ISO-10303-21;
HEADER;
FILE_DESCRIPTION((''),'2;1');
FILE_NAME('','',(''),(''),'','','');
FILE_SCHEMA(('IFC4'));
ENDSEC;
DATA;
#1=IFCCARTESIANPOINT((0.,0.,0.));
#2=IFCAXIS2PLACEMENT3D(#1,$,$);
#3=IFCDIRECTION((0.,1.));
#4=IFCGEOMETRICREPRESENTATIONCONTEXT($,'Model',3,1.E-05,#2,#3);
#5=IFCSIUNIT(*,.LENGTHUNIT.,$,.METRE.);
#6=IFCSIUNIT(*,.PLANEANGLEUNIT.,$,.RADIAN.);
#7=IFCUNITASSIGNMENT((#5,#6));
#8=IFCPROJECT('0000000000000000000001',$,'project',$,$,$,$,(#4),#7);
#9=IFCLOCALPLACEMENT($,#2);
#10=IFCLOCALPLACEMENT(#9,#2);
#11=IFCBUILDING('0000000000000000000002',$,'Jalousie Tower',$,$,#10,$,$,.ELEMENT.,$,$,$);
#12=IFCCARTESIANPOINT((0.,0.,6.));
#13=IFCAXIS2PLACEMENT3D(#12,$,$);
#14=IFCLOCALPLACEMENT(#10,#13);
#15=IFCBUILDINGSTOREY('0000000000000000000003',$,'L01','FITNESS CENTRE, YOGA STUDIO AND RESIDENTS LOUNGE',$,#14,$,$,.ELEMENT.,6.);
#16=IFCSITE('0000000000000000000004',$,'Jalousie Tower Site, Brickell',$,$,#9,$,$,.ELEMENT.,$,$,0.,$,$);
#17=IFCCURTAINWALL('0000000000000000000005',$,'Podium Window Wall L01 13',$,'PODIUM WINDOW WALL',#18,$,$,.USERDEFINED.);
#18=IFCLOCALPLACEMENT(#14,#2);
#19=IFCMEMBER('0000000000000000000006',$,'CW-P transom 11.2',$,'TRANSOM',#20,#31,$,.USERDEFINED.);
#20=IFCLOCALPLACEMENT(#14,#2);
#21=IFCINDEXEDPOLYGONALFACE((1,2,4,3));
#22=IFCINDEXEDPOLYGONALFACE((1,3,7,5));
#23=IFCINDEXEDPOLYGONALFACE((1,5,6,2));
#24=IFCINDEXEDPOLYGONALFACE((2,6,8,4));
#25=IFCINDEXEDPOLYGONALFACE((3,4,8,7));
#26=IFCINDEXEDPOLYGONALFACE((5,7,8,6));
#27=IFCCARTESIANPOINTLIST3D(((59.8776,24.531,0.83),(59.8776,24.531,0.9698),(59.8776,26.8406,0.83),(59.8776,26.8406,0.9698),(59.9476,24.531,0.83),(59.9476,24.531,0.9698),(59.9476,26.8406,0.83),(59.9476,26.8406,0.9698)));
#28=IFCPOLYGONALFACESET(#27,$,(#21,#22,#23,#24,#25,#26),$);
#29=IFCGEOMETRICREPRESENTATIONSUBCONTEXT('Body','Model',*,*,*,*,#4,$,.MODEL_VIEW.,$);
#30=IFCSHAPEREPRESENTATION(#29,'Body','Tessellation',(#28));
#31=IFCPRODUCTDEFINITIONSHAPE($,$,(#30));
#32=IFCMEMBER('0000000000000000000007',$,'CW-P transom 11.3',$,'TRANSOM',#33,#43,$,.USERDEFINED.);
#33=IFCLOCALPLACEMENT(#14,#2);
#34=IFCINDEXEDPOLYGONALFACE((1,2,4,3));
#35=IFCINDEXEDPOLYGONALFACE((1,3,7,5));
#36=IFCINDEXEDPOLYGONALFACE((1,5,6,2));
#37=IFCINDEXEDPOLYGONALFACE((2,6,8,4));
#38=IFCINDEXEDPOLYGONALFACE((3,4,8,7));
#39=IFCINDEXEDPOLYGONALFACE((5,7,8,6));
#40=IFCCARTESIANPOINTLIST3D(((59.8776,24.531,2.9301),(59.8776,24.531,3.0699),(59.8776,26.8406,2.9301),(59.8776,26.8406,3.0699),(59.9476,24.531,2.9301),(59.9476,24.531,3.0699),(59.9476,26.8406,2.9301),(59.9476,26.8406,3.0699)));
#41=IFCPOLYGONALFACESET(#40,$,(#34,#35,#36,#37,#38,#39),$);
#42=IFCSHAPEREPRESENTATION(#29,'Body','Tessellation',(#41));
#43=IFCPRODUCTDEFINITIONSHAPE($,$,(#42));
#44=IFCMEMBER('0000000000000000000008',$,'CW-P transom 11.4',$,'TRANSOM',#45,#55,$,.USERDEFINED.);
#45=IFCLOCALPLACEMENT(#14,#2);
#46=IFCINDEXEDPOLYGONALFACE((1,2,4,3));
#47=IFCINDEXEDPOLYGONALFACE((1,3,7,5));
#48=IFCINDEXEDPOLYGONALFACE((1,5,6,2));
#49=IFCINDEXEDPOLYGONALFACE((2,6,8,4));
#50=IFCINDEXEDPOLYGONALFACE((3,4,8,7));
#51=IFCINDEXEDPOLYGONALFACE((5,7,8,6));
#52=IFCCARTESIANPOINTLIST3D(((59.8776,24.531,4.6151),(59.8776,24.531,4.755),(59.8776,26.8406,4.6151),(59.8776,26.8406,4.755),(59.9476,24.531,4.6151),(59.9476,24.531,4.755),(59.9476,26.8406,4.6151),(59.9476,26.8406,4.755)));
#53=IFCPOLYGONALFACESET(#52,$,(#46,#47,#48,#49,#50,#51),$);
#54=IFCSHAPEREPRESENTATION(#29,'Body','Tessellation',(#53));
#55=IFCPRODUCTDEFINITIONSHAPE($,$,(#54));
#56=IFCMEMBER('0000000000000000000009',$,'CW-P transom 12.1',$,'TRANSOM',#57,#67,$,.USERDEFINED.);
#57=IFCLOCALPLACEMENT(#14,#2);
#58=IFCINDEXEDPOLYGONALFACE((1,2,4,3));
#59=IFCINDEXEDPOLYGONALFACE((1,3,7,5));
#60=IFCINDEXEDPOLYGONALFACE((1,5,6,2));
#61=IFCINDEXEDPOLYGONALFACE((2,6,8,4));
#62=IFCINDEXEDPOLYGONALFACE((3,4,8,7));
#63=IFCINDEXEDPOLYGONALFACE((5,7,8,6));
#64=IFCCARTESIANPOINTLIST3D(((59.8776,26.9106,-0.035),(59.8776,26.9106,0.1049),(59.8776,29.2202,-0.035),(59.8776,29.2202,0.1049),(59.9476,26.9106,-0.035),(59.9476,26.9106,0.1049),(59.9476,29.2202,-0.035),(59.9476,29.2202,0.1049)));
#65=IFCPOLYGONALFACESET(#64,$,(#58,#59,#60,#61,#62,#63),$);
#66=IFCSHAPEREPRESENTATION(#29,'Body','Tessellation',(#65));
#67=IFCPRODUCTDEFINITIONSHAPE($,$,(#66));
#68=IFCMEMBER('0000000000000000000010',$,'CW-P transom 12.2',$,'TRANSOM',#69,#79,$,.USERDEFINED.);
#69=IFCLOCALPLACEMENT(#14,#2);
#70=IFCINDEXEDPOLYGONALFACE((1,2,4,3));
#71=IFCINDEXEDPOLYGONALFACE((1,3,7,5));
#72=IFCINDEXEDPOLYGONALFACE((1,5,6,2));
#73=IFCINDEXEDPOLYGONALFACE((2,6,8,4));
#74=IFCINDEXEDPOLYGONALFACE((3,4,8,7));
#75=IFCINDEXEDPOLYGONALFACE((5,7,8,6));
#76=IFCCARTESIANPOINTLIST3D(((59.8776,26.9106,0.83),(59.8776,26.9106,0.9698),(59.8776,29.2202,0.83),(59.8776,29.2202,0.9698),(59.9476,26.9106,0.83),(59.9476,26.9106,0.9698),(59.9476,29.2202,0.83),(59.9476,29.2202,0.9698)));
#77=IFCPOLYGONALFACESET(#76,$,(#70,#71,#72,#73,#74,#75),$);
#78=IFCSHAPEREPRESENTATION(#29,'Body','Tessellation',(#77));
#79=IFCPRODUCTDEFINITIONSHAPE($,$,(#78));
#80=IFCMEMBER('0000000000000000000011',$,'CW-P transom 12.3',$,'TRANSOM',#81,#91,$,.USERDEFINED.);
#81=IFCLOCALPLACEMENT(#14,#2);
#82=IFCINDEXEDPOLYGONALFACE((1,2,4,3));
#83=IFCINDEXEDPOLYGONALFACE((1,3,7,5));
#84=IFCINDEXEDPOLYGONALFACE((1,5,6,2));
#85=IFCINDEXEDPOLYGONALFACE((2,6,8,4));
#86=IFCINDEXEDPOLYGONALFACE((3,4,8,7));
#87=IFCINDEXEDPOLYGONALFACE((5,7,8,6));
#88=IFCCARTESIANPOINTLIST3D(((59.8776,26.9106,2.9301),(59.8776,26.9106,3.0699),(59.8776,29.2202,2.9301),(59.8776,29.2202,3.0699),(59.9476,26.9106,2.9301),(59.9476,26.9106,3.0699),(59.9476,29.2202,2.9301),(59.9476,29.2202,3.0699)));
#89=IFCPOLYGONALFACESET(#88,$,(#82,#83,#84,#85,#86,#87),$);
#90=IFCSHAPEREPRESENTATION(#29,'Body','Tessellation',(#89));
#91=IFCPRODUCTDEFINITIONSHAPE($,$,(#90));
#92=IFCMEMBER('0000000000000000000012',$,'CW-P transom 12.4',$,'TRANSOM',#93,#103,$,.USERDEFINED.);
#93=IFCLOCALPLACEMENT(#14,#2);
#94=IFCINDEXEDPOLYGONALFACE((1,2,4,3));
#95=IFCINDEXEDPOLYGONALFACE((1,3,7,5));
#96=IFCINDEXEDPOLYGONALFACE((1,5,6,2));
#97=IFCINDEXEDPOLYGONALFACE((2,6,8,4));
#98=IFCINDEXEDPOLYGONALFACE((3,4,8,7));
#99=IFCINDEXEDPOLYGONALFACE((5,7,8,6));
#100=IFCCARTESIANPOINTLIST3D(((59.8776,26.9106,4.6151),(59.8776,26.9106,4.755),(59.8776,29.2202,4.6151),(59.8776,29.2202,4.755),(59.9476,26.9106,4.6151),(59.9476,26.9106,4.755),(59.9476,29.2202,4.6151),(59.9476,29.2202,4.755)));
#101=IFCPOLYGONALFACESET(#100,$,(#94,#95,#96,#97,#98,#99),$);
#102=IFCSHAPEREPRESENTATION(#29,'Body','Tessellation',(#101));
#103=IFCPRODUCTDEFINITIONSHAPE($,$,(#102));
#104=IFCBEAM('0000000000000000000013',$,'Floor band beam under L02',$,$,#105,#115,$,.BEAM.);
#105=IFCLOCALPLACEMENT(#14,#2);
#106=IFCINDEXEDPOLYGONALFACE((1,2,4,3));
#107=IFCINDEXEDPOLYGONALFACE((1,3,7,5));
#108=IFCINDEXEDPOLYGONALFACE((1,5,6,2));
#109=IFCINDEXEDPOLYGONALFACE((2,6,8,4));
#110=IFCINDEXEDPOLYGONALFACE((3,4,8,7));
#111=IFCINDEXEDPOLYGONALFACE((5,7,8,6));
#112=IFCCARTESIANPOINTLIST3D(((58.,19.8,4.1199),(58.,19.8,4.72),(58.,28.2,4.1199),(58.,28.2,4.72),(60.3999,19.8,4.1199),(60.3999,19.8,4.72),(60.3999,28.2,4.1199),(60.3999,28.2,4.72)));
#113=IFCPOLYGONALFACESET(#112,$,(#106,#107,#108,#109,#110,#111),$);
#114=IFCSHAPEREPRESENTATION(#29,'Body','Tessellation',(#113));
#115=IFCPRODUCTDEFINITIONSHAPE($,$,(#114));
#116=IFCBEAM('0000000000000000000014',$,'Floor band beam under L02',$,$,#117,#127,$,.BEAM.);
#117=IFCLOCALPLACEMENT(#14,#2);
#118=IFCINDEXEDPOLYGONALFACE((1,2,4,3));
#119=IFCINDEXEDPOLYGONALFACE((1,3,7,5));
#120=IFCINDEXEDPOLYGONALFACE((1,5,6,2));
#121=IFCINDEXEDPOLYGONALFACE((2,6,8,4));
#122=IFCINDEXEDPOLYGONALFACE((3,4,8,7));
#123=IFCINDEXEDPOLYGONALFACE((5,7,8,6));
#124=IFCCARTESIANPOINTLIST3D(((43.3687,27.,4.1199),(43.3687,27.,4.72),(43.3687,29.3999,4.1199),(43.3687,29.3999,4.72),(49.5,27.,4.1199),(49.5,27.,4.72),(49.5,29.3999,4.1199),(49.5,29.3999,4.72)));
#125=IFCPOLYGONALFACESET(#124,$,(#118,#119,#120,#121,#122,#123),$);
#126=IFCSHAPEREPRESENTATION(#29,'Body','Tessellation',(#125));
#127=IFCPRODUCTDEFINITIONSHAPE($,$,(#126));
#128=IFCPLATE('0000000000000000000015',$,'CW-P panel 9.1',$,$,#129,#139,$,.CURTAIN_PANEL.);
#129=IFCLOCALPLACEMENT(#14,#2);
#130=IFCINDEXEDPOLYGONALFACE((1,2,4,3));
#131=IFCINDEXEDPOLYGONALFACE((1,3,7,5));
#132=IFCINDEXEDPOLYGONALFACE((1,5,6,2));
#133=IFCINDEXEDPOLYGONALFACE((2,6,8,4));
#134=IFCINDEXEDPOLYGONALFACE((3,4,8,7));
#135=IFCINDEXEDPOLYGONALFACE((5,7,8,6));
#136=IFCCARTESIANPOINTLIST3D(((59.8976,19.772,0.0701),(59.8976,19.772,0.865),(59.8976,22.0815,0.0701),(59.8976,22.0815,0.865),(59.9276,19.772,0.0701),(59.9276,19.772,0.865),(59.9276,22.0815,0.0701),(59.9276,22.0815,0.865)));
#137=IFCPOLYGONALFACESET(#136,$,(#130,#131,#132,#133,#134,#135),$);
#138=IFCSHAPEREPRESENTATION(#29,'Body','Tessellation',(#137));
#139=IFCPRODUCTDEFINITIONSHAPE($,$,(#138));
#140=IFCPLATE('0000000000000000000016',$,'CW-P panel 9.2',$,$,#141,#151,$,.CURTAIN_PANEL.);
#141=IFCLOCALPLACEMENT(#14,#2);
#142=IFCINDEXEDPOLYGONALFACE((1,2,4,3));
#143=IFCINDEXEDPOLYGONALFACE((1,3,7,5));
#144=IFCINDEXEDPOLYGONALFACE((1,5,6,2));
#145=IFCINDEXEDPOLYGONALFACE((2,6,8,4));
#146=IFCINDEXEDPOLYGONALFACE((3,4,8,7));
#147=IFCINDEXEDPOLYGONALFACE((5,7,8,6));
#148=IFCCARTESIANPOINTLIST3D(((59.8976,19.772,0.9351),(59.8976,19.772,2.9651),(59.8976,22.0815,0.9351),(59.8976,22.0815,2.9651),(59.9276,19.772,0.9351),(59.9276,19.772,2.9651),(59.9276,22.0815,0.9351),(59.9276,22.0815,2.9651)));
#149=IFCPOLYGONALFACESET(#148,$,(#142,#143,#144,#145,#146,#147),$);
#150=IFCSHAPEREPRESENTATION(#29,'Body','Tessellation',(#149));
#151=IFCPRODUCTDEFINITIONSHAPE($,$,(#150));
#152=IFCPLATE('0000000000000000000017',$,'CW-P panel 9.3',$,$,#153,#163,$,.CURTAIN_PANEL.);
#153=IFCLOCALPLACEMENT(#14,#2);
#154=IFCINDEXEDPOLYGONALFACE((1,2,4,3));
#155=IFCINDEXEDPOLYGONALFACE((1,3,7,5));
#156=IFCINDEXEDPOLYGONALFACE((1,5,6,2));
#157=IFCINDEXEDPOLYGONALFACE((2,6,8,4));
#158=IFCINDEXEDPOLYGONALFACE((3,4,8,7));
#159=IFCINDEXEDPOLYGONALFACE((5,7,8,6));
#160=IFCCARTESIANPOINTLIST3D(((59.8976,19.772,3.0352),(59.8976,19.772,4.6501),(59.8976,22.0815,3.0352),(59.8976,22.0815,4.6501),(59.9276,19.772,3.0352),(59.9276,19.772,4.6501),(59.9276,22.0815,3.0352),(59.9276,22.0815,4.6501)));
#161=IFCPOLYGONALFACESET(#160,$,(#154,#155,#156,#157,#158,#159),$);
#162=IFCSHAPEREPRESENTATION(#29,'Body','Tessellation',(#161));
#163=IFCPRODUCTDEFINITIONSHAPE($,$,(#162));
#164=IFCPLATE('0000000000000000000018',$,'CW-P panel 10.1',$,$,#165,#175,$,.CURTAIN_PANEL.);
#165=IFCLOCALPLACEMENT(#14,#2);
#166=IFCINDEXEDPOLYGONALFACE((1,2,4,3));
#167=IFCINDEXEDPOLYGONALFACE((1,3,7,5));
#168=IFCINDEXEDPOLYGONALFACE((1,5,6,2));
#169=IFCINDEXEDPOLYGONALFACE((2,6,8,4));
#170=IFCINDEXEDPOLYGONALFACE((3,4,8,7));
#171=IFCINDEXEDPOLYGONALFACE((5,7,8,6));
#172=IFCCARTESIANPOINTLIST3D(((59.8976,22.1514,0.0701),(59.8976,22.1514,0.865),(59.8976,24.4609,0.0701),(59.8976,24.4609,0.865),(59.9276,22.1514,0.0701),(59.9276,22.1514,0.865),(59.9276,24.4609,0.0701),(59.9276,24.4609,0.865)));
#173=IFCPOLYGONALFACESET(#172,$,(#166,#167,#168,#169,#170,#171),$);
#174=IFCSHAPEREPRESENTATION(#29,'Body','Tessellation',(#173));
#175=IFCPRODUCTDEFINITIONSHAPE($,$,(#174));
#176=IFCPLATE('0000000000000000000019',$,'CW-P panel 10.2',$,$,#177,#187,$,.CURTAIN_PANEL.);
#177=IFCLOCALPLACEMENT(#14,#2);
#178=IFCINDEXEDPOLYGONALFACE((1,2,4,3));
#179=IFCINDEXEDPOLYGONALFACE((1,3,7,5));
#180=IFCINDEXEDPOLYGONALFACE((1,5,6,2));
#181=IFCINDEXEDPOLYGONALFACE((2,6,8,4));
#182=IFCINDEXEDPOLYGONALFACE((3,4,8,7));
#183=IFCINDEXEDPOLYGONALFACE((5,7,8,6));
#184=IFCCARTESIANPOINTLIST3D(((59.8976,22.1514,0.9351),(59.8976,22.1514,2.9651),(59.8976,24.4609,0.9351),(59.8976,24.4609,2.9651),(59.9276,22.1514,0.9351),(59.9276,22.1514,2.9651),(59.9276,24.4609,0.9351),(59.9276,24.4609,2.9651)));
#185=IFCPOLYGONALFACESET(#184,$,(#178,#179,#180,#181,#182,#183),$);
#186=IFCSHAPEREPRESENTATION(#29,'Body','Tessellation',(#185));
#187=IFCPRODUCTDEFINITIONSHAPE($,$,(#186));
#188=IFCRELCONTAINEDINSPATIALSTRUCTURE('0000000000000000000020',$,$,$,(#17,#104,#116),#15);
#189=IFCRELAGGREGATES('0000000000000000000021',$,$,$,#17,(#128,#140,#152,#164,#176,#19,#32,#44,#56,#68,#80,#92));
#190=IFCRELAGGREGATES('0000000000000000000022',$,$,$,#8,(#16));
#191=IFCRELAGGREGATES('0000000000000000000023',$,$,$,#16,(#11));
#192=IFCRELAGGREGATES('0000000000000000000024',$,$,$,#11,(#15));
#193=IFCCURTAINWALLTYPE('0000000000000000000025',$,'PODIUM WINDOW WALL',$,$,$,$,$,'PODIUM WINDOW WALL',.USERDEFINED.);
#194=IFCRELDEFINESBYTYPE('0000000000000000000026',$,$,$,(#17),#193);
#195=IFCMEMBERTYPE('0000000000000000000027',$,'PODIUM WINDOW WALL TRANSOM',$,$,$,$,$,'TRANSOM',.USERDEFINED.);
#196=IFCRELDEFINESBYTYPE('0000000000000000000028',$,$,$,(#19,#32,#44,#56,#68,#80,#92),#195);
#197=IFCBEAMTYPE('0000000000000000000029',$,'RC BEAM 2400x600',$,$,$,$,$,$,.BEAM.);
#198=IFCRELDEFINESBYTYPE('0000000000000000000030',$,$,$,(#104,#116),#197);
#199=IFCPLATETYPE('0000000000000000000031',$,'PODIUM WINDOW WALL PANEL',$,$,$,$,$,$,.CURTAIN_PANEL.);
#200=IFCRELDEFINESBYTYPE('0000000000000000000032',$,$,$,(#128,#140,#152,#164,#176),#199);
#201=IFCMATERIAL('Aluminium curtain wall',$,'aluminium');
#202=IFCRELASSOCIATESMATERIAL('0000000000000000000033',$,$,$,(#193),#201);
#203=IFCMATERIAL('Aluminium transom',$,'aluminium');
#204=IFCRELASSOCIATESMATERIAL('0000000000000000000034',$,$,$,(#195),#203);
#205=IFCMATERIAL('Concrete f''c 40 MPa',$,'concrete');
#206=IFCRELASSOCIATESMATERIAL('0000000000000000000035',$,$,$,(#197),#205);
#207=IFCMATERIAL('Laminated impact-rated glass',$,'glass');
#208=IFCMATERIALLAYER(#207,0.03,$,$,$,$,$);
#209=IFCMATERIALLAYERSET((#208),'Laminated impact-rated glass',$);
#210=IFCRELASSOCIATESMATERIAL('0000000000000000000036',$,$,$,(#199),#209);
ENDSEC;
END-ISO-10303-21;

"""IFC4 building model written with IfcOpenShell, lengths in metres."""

from ifc_helpers import new_model, si_unit, direction, frame, origin, origin_2d, place, context, subcontext, project, spatial, rectangle, extrude, material, layer, layer_set, material_profile, profile_set, type_object, element, aggregate, save


model = new_model("IFC4")

# Units and contexts
model_context = context("Model", 3, precision=1e-05, world=origin(), true_north=direction((0.0, 1.0)))
body_context = subcontext(model_context, "Body", "Model", "MODEL_VIEW")
ifc_project = project(units=[si_unit("LENGTHUNIT", "METRE"), si_unit("PLANEANGLEUNIT", "RADIAN")], contexts=[model_context])

# Site, building, storey
site_placement = place(None, origin())
site = spatial("IfcSite", under=ifc_project, at=site_placement, Name="Jalousie Tower Site, Brickell", CompositionType="ELEMENT", RefElevation=0.0)
building_placement = place(site_placement, origin())
building = spatial("IfcBuilding", under=site, at=building_placement, Name="Jalousie Tower", CompositionType="ELEMENT")
storey_placement = place(building_placement, frame((0.0, 0.0, 6.0)))
storey = spatial("IfcBuildingStorey", under=building, at=storey_placement, Name="L01", Description="FITNESS CENTRE, YOGA STUDIO AND RESIDENTS LOUNGE", CompositionType="ELEMENT", Elevation=6.0)

# Curtain wall, members
ifc_material_1 = material(Name="Aluminium curtain wall", Category="aluminium")
curtain_wall_type = type_object("IfcCurtainWallType", Name="PODIUM WINDOW WALL", ElementType="PODIUM WINDOW WALL", PredefinedType="USERDEFINED", material=ifc_material_1)
curtain_wall_placement = place(storey_placement, origin())
curtain_wall = element("IfcCurtainWall", 1, at=curtain_wall_placement, inside=storey, type_object=curtain_wall_type, Name="Podium Window Wall L01 13", ObjectType="PODIUM WINDOW WALL", PredefinedType="USERDEFINED")
ifc_material_2 = material(Name="Aluminium transom", Category="aluminium")
ifc_material_profile_1 = material_profile(ifc_material_2, rectangle(XDim=0.0701, YDim=0.1399, at=origin_2d()), Name="TRANSOM 70x140")
ifc_profile_set_1 = profile_set([ifc_material_profile_1], Name="Aluminium transom")
member_type_1 = type_object("IfcMemberType", Name="PODIUM WINDOW WALL TRANSOM", ElementType="TRANSOM", PredefinedType="USERDEFINED", material=ifc_profile_set_1)
member_1_placement = place(storey_placement, frame((59.9126, 24.531, 0.8999), z_axis=(0.0, 1.0, 0.0), x_axis=(-1.0, 0.0, 0.0)))
member_1 = element("IfcMember", 2, at=member_1_placement, type_object=member_type_1, Name="CW-P transom 11.2", ObjectType="TRANSOM", PredefinedType="USERDEFINED", context=body_context, shape_type="SweptSolid", body=[
    extrude(rectangle(XDim=0.0701, YDim=0.1399, at=origin_2d()), origin(), (0.0, 0.0, 1.0), 2.3096),
])
member_2_placement = place(storey_placement, frame((59.9126, 24.531, 3.0), z_axis=(0.0, 1.0, 0.0), x_axis=(-1.0, 0.0, 0.0)))
member_2 = element("IfcMember", 3, at=member_2_placement, type_object=member_type_1, Name="CW-P transom 11.3", ObjectType="TRANSOM", PredefinedType="USERDEFINED", context=body_context, shape_type="SweptSolid", body=[
    extrude(rectangle(XDim=0.0701, YDim=0.1399, at=origin_2d()), origin(), (0.0, 0.0, 1.0), 2.3096),
])
member_3_placement = place(storey_placement, frame((59.9126, 24.531, 4.6851), z_axis=(0.0, 1.0, 0.0), x_axis=(-1.0, 0.0, 0.0)))
member_3 = element("IfcMember", 4, at=member_3_placement, type_object=member_type_1, Name="CW-P transom 11.4", ObjectType="TRANSOM", PredefinedType="USERDEFINED", context=body_context, shape_type="SweptSolid", body=[
    extrude(rectangle(XDim=0.0701, YDim=0.1399, at=origin_2d()), origin(), (0.0, 0.0, 1.0), 2.3096),
])
member_4_placement = place(storey_placement, frame((59.9126, 26.9106, 0.0349), z_axis=(0.0, 1.0, 0.0), x_axis=(-1.0, 0.0, 0.0)))
member_4 = element("IfcMember", 5, at=member_4_placement, type_object=member_type_1, Name="CW-P transom 12.1", ObjectType="TRANSOM", PredefinedType="USERDEFINED", context=body_context, shape_type="SweptSolid", body=[
    extrude(rectangle(XDim=0.0701, YDim=0.1399, at=origin_2d()), origin(), (0.0, 0.0, 1.0), 2.3096),
])
member_5_placement = place(storey_placement, frame((59.9126, 26.9106, 0.8999), z_axis=(0.0, 1.0, 0.0), x_axis=(-1.0, 0.0, 0.0)))
member_5 = element("IfcMember", 6, at=member_5_placement, type_object=member_type_1, Name="CW-P transom 12.2", ObjectType="TRANSOM", PredefinedType="USERDEFINED", context=body_context, shape_type="SweptSolid", body=[
    extrude(rectangle(XDim=0.0701, YDim=0.1399, at=origin_2d()), origin(), (0.0, 0.0, 1.0), 2.3096),
])
member_6_placement = place(storey_placement, frame((59.9126, 26.9106, 3.0), z_axis=(0.0, 1.0, 0.0), x_axis=(-1.0, 0.0, 0.0)))
member_6 = element("IfcMember", 7, at=member_6_placement, type_object=member_type_1, Name="CW-P transom 12.3", ObjectType="TRANSOM", PredefinedType="USERDEFINED", context=body_context, shape_type="SweptSolid", body=[
    extrude(rectangle(XDim=0.0701, YDim=0.1399, at=origin_2d()), origin(), (0.0, 0.0, 1.0), 2.3096),
])
member_7_placement = place(storey_placement, frame((59.9126, 26.9106, 4.6851), z_axis=(0.0, 1.0, 0.0), x_axis=(-1.0, 0.0, 0.0)))
member_7 = element("IfcMember", 8, at=member_7_placement, type_object=member_type_1, Name="CW-P transom 12.4", ObjectType="TRANSOM", PredefinedType="USERDEFINED", context=body_context, shape_type="SweptSolid", body=[
    extrude(rectangle(XDim=0.0701, YDim=0.1399, at=origin_2d()), origin(), (0.0, 0.0, 1.0), 2.3096),
])

# Beams
ifc_material_3 = material(Name="Concrete f'c 40 MPa", Category="concrete")
ifc_material_profile_2 = material_profile(ifc_material_3, rectangle(XDim=2.3999, YDim=0.6001, at=origin_2d()), Name="RC 2400x600")
ifc_profile_set_2 = profile_set([ifc_material_profile_2], Name="Concrete f'c 40 MPa")
beam_type = type_object("IfcBeamType", Name="RC BEAM 2400x600", PredefinedType="BEAM", material=ifc_profile_set_2)
beam_1_placement = place(storey_placement, frame((59.2, 19.8, 4.4199), z_axis=(0.0, 1.0, 0.0), x_axis=(-1.0, 0.0, 0.0)))
element("IfcBeam", 9, at=beam_1_placement, inside=storey, type_object=beam_type, Name="Floor band beam under L02", PredefinedType="BEAM", context=body_context, shape_type="SweptSolid", body=[
    extrude(rectangle(XDim=2.3999, YDim=0.6001, at=origin_2d()), origin(), (0.0, 0.0, 1.0), 8.3999),
])
beam_2_placement = place(storey_placement, frame((49.5, 28.2, 4.4199), z_axis=(-1.0, 0.0, 0.0), x_axis=(0.0, -1.0, 0.0)))
element("IfcBeam", 10, at=beam_2_placement, inside=storey, type_object=beam_type, Name="Floor band beam under L02", PredefinedType="BEAM", context=body_context, shape_type="SweptSolid", body=[
    extrude(rectangle(XDim=2.3999, YDim=0.6001, at=origin_2d()), origin(), (0.0, 0.0, 1.0), 6.1313),
])

# Plates
ifc_material_4 = material(Name="Laminated impact-rated glass", Category="glass")
ifc_layer = layer(ifc_material_4, 0.03)
ifc_layer_set = layer_set([ifc_layer], Name="Laminated impact-rated glass")
plate_type = type_object("IfcPlateType", Name="PODIUM WINDOW WALL PANEL", PredefinedType="CURTAIN_PANEL", material=ifc_layer_set)
plate_1_placement = place(storey_placement, frame((59.9126, 20.9268, 0.0701), z_axis=(0.0, 0.0, 1.0), x_axis=(0.0, 1.0, 0.0)))
plate_1 = element("IfcPlate", 11, at=plate_1_placement, type_object=plate_type, Name="CW-P panel 9.1", PredefinedType="CURTAIN_PANEL", context=body_context, shape_type="SweptSolid", body=[
    extrude(rectangle(XDim=2.3096, YDim=0.03, at=origin_2d()), origin(), (0.0, 0.0, 1.0), 0.7949),
])
plate_2_placement = place(storey_placement, frame((59.9126, 20.9268, 0.9351), z_axis=(0.0, 0.0, 1.0), x_axis=(0.0, 1.0, 0.0)))
plate_2 = element("IfcPlate", 12, at=plate_2_placement, type_object=plate_type, Name="CW-P panel 9.2", PredefinedType="CURTAIN_PANEL", context=body_context, shape_type="SweptSolid", body=[
    extrude(rectangle(XDim=2.3096, YDim=0.03, at=origin_2d()), origin(), (0.0, 0.0, 1.0), 2.03),
])
plate_3_placement = place(storey_placement, frame((59.9126, 20.9268, 3.0352), z_axis=(0.0, 0.0, 1.0), x_axis=(0.0, 1.0, 0.0)))
plate_3 = element("IfcPlate", 13, at=plate_3_placement, type_object=plate_type, Name="CW-P panel 9.3", PredefinedType="CURTAIN_PANEL", context=body_context, shape_type="SweptSolid", body=[
    extrude(rectangle(XDim=2.3096, YDim=0.03, at=origin_2d()), origin(), (0.0, 0.0, 1.0), 1.615),
])
plate_4_placement = place(storey_placement, frame((59.9126, 23.3062, 0.0701), z_axis=(0.0, 0.0, 1.0), x_axis=(0.0, 1.0, 0.0)))
plate_4 = element("IfcPlate", 14, at=plate_4_placement, type_object=plate_type, Name="CW-P panel 10.1", PredefinedType="CURTAIN_PANEL", context=body_context, shape_type="SweptSolid", body=[
    extrude(rectangle(XDim=2.3096, YDim=0.03, at=origin_2d()), origin(), (0.0, 0.0, 1.0), 0.7949),
])
plate_5_placement = place(storey_placement, frame((59.9126, 23.3062, 0.9351), z_axis=(0.0, 0.0, 1.0), x_axis=(0.0, 1.0, 0.0)))
plate_5 = element("IfcPlate", 15, at=plate_5_placement, type_object=plate_type, Name="CW-P panel 10.2", PredefinedType="CURTAIN_PANEL", context=body_context, shape_type="SweptSolid", body=[
    extrude(rectangle(XDim=2.3096, YDim=0.03, at=origin_2d()), origin(), (0.0, 0.0, 1.0), 2.03),
])
aggregate(curtain_wall, [plate_1, plate_2, plate_3, plate_4, plate_5, member_1, member_2, member_3, member_4, member_5, member_6, member_7])

save(model, "model.ifc")
